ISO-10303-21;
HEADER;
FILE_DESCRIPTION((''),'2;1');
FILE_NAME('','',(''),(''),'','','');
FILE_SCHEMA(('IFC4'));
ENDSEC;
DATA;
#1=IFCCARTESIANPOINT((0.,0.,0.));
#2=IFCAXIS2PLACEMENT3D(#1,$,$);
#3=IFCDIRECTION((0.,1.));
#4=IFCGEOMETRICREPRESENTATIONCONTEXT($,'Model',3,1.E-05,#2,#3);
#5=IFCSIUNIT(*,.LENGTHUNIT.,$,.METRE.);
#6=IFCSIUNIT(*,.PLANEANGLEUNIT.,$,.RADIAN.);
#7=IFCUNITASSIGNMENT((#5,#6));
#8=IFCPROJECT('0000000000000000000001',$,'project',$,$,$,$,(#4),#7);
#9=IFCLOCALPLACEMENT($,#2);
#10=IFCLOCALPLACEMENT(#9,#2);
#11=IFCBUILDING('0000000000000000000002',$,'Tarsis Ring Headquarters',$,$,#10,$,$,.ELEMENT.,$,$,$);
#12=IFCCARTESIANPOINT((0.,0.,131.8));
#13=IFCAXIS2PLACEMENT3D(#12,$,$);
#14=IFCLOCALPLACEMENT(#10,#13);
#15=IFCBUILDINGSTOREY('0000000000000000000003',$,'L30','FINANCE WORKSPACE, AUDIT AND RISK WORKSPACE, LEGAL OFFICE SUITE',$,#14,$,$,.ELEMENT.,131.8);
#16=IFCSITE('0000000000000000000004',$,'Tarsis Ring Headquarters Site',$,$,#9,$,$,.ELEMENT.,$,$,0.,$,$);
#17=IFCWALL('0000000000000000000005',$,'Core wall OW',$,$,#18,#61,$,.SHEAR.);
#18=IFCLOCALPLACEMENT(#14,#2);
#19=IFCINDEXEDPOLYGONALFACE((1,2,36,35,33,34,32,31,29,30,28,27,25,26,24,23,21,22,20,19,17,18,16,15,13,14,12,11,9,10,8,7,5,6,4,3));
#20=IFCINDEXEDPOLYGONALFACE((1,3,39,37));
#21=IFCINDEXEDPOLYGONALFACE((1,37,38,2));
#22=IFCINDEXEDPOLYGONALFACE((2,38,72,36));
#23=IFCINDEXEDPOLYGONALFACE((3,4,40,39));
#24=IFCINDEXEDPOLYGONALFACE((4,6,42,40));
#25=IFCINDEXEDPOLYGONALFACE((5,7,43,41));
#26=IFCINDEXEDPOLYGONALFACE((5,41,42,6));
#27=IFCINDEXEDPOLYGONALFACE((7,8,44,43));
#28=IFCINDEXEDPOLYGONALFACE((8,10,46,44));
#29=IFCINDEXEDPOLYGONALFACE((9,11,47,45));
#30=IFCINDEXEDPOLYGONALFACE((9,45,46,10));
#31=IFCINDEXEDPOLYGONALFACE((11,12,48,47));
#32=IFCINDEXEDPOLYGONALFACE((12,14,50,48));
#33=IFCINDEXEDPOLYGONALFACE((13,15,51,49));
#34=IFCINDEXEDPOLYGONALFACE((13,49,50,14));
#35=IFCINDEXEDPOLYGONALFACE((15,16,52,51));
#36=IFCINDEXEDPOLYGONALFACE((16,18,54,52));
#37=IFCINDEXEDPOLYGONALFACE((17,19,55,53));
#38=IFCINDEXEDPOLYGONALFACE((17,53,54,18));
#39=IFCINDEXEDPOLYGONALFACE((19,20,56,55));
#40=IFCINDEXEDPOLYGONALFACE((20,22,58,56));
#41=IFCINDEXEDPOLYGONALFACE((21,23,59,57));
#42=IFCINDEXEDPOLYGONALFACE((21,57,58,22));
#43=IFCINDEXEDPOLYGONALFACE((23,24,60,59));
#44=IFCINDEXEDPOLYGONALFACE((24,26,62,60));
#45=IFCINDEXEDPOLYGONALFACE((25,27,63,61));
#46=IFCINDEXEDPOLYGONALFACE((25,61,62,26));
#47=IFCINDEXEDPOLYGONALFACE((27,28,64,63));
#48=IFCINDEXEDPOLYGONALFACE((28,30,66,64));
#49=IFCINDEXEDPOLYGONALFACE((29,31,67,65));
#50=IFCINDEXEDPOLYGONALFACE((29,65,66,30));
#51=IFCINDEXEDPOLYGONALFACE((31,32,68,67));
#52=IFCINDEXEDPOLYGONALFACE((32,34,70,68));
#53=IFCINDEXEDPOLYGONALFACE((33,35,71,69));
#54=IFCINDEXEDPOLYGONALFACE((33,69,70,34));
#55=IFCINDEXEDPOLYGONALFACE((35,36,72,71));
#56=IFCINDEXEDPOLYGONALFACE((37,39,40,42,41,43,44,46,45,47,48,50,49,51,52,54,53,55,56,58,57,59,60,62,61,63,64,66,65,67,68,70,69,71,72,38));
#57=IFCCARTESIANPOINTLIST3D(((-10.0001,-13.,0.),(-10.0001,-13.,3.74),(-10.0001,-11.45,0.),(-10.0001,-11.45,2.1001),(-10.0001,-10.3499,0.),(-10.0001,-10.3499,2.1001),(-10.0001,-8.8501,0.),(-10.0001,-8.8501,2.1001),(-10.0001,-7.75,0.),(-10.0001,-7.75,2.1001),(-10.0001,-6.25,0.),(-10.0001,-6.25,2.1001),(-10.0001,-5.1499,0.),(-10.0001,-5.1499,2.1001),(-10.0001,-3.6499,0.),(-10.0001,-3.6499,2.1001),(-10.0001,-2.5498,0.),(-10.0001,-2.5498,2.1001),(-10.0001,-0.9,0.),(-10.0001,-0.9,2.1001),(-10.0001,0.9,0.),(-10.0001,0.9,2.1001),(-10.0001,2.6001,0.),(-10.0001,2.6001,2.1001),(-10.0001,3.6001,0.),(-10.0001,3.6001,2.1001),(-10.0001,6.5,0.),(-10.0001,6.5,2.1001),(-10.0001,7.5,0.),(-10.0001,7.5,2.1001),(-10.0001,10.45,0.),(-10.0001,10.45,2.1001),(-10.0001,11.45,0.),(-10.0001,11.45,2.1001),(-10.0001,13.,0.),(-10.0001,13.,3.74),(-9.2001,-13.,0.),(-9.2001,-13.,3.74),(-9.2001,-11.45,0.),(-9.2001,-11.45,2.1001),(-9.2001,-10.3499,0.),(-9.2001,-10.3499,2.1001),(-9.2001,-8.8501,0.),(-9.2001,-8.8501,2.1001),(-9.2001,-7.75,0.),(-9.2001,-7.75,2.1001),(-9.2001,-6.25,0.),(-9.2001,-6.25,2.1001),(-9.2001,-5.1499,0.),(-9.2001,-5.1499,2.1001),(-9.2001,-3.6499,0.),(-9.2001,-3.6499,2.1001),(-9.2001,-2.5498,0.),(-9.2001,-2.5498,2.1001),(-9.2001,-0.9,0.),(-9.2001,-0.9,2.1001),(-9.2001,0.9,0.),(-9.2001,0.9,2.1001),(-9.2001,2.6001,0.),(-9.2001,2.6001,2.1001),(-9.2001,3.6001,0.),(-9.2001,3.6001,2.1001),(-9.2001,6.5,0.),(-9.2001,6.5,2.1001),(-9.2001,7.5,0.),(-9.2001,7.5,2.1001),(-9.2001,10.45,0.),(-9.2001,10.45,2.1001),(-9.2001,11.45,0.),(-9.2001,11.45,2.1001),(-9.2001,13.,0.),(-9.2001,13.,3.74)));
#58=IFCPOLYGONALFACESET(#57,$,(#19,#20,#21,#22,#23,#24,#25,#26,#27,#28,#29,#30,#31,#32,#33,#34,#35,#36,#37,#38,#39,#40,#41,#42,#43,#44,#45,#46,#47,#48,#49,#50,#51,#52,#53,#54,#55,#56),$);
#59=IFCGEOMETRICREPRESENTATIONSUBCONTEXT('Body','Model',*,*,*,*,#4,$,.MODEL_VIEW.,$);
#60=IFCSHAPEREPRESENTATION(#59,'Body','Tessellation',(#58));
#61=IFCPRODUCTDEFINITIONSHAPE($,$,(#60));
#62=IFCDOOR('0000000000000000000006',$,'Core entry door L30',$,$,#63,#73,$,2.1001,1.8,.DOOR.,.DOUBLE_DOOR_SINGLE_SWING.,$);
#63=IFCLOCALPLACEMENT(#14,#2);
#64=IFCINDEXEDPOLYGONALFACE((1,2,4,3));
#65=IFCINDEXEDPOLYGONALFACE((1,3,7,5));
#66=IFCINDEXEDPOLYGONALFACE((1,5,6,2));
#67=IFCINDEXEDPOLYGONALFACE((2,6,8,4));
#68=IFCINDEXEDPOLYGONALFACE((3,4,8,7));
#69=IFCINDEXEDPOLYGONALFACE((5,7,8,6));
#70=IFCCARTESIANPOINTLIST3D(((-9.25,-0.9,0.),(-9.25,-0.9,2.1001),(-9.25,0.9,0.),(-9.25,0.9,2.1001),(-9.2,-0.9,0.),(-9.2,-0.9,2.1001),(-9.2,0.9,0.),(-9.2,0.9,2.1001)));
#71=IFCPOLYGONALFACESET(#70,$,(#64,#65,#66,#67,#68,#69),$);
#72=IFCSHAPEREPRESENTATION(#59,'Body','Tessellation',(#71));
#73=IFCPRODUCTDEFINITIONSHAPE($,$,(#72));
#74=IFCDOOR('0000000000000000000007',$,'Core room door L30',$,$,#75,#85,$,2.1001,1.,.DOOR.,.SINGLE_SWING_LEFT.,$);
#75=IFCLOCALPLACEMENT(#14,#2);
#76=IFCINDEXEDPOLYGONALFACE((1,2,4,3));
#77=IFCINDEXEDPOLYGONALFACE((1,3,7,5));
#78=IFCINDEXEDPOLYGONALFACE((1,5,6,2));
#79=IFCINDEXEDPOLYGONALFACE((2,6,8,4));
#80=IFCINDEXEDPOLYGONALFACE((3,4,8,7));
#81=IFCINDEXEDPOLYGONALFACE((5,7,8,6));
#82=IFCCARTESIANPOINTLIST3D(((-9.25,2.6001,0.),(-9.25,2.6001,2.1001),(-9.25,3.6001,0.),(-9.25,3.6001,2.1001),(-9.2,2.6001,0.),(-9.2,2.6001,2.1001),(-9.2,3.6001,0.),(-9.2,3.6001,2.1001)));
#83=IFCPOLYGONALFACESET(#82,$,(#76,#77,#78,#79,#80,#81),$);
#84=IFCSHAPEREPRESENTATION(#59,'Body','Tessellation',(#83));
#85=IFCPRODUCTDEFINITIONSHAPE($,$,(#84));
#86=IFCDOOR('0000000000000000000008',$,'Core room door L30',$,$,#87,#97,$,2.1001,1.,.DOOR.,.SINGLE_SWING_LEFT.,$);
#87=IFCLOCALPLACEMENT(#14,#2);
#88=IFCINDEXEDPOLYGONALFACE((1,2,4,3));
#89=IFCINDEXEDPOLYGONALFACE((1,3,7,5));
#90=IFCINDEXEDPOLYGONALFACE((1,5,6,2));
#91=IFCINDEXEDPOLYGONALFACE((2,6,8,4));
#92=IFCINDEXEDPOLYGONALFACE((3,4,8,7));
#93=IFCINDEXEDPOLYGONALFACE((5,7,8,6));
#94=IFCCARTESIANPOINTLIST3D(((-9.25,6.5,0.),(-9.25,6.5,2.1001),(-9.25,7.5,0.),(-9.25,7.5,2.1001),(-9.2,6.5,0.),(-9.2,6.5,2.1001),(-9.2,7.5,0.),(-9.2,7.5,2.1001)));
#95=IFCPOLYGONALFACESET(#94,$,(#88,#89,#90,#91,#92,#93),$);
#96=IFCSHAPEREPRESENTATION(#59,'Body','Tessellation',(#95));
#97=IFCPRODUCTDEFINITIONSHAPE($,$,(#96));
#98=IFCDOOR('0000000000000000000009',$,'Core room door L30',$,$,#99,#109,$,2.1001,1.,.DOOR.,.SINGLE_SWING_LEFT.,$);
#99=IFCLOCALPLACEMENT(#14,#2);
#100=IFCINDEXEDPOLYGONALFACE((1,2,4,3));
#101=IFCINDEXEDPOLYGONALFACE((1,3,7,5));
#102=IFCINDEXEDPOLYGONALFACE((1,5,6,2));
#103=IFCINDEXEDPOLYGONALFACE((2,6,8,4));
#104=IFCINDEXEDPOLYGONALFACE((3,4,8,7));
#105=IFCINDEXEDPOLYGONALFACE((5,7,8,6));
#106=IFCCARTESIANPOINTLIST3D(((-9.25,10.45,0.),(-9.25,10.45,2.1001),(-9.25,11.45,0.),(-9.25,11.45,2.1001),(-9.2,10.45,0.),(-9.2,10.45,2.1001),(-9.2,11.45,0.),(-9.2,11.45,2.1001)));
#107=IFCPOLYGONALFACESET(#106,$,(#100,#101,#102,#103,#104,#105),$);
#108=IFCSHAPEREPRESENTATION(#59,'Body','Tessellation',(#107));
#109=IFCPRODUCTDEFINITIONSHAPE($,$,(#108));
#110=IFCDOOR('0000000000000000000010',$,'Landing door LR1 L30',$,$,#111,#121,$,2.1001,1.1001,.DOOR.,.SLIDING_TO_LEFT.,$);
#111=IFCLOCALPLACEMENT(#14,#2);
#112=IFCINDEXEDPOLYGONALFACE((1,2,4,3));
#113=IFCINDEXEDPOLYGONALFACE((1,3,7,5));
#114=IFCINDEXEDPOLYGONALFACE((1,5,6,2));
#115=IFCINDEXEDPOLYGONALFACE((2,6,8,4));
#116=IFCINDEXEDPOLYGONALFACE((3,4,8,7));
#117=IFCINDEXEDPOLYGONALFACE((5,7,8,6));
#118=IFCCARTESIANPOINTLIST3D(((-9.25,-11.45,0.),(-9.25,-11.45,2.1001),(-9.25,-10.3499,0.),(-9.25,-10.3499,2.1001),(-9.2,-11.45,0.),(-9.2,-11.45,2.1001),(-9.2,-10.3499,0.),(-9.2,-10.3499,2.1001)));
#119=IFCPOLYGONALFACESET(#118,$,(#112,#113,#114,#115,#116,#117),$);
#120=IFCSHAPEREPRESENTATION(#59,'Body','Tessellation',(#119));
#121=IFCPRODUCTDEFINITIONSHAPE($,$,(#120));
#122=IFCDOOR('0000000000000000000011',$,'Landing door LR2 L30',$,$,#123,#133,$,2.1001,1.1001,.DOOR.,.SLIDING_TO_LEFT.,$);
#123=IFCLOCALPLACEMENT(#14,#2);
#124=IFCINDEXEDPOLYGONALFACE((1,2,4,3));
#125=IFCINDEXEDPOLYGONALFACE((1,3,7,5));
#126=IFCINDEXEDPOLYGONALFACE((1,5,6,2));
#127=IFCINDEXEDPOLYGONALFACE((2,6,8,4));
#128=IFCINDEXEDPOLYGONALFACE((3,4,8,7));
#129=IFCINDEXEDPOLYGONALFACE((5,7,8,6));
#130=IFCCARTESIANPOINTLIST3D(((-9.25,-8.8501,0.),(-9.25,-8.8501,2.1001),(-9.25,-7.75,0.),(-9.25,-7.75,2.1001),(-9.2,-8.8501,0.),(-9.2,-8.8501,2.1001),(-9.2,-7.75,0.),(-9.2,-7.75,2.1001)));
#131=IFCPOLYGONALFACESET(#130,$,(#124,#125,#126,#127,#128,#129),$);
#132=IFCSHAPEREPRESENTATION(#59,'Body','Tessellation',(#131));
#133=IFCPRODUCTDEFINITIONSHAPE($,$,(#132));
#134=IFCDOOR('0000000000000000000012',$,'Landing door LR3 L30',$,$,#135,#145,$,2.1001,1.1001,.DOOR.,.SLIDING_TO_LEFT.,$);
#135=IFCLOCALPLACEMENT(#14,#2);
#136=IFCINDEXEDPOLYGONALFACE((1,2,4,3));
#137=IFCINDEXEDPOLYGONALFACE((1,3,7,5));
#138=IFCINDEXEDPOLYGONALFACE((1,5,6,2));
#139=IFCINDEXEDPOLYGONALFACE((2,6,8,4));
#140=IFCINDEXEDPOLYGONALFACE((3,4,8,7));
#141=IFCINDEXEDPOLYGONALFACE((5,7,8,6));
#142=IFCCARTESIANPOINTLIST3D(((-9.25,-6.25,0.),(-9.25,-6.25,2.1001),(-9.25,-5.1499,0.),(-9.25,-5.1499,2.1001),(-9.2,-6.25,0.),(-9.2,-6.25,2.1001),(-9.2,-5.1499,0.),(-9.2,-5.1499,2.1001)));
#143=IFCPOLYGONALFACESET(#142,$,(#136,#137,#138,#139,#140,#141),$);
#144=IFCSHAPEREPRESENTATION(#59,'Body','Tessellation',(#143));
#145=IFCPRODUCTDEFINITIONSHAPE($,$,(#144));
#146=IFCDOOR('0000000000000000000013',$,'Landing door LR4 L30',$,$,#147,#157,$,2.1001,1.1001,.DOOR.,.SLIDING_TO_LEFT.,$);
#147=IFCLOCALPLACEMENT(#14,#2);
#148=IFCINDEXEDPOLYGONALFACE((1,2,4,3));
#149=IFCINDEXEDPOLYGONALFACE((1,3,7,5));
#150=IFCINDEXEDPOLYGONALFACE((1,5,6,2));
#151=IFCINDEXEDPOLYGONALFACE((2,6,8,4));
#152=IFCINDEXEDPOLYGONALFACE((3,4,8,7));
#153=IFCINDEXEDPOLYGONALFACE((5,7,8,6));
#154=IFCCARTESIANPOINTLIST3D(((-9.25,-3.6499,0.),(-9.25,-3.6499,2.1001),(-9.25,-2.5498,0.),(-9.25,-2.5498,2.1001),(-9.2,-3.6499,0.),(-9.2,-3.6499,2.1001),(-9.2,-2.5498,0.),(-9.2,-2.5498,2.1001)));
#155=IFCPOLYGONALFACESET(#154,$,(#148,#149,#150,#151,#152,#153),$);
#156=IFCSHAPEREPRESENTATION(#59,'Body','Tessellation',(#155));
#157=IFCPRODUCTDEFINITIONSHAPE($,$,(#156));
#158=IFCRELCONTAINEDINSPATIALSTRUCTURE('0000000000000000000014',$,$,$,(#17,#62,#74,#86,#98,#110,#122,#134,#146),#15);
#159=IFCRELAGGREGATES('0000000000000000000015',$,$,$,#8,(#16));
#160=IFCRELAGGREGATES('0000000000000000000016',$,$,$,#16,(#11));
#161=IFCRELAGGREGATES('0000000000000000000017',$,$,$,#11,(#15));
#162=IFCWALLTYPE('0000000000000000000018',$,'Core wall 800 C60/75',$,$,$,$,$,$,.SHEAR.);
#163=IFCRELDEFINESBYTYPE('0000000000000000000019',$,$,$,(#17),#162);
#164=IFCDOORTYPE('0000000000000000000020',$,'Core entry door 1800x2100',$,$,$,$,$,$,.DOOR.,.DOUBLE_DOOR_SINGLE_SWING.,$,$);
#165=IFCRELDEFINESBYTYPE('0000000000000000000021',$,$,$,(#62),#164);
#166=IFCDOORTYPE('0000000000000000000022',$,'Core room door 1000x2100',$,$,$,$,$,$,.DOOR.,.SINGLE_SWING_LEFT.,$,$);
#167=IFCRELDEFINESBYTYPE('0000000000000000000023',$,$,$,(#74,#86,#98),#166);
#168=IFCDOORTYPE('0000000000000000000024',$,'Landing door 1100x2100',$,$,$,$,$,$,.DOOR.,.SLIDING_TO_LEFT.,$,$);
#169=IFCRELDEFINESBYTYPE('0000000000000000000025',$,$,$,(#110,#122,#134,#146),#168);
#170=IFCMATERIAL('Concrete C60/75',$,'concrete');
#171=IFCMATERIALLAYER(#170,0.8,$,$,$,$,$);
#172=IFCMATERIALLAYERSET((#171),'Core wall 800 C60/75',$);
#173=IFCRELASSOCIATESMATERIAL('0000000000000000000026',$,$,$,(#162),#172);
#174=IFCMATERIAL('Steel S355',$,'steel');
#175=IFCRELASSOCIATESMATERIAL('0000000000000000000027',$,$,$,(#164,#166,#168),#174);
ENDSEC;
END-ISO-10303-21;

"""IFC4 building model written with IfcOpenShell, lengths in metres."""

from ifc_helpers import new_model, si_unit, direction, frame, frame_2d, origin, place, context, subcontext, project, spatial, rectangle, extrude, material, layer, layer_set, type_object, element, fill, save


model = new_model("IFC4")

# Units and contexts
model_context = context("Model", 3, precision=1e-05, world=origin(), true_north=direction((0.0, 1.0)))
body_context = subcontext(model_context, "Body", "Model", "MODEL_VIEW")
ifc_project = project(units=[si_unit("LENGTHUNIT", "METRE"), si_unit("PLANEANGLEUNIT", "RADIAN")], contexts=[model_context])

# Site, building, storey
site_placement = place(None, origin())
site = spatial("IfcSite", under=ifc_project, at=site_placement, Name="Tarsis Ring Headquarters Site", CompositionType="ELEMENT", RefElevation=0.0)
building_placement = place(site_placement, origin())
building = spatial("IfcBuilding", under=site, at=building_placement, Name="Tarsis Ring Headquarters", CompositionType="ELEMENT")
storey_placement = place(building_placement, frame((0.0, 0.0, 131.8)))
storey = spatial("IfcBuildingStorey", under=building, at=storey_placement, Name="L30", Description="FINANCE WORKSPACE, AUDIT AND RISK WORKSPACE, LEGAL OFFICE SUITE", CompositionType="ELEMENT", Elevation=131.8)

# Wall, openings, doors
ifc_material_1 = material(Name="Concrete C60/75", Category="concrete")
ifc_layer_1 = layer(ifc_material_1, 0.8)
ifc_layer_set_1 = layer_set([ifc_layer_1], Name="Core wall 800 C60/75")
wall_type_1 = type_object("IfcWallType", Name="Core wall 800 C60/75", PredefinedType="SHEAR", material=ifc_layer_set_1)
wall_1_placement = place(storey_placement, frame((-9.6001, -13.0, 0.0), z_axis=(0.0, 0.0, 1.0), x_axis=(0.0, 1.0, 0.0)))
wall_1 = element("IfcWall", 1, at=wall_1_placement, inside=storey, type_object=wall_type_1, Name="Core wall OW", PredefinedType="SHEAR", context=body_context, shape_type="SweptSolid", body=[
    extrude(rectangle(XDim=26.0, YDim=0.8, at=frame_2d((13.0, 0.0))), origin(), (0.0, 0.0, 1.0), 3.74),
])
opening_1_placement = place(wall_1_placement, frame((1.55, 0.0, 0.0)))
opening_1 = element("IfcOpeningElement", 2, at=opening_1_placement, cuts=wall_1, PredefinedType="OPENING", context=body_context, shape_type="SweptSolid", body=[
    extrude(rectangle(XDim=1.1001, YDim=2.1001, at=frame_2d((0.55, 1.05))), frame((0.0, 0.4099, 0.0), z_axis=(0.0, -1.0, 0.0), x_axis=(1.0, 0.0, 0.0)), (0.0, 0.0, 1.0), 0.8201),
])
opening_2_placement = place(wall_1_placement, frame((4.1499, 0.0, 0.0)))
opening_2 = element("IfcOpeningElement", 3, at=opening_2_placement, cuts=wall_1, PredefinedType="OPENING", context=body_context, shape_type="SweptSolid", body=[
    extrude(rectangle(XDim=1.1001, YDim=2.1001, at=frame_2d((0.55, 1.05))), frame((0.0, 0.4099, 0.0), z_axis=(0.0, -1.0, 0.0), x_axis=(1.0, 0.0, 0.0)), (0.0, 0.0, 1.0), 0.8201),
])
opening_3_placement = place(wall_1_placement, frame((6.75, 0.0, 0.0)))
opening_3 = element("IfcOpeningElement", 4, at=opening_3_placement, cuts=wall_1, PredefinedType="OPENING", context=body_context, shape_type="SweptSolid", body=[
    extrude(rectangle(XDim=1.1001, YDim=2.1001, at=frame_2d((0.55, 1.05))), frame((0.0, 0.4099, 0.0), z_axis=(0.0, -1.0, 0.0), x_axis=(1.0, 0.0, 0.0)), (0.0, 0.0, 1.0), 0.8201),
])
opening_4_placement = place(wall_1_placement, frame((9.3501, 0.0, 0.0)))
opening_4 = element("IfcOpeningElement", 5, at=opening_4_placement, cuts=wall_1, PredefinedType="OPENING", context=body_context, shape_type="SweptSolid", body=[
    extrude(rectangle(XDim=1.1001, YDim=2.1001, at=frame_2d((0.55, 1.05))), frame((0.0, 0.4099, 0.0), z_axis=(0.0, -1.0, 0.0), x_axis=(1.0, 0.0, 0.0)), (0.0, 0.0, 1.0), 0.8201),
])
opening_5_placement = place(wall_1_placement, frame((12.1001, 0.0, 0.0)))
opening_5 = element("IfcOpeningElement", 6, at=opening_5_placement, cuts=wall_1, PredefinedType="OPENING", context=body_context, shape_type="SweptSolid", body=[
    extrude(rectangle(XDim=1.8, YDim=2.1001, at=frame_2d((0.8999, 1.05))), frame((0.0, 0.4099, 0.0), z_axis=(0.0, -1.0, 0.0), x_axis=(1.0, 0.0, 0.0)), (0.0, 0.0, 1.0), 0.8201),
])
opening_6_placement = place(wall_1_placement, frame((15.6001, 0.0, 0.0)))
opening_6 = element("IfcOpeningElement", 7, at=opening_6_placement, cuts=wall_1, PredefinedType="OPENING", context=body_context, shape_type="SweptSolid", body=[
    extrude(rectangle(XDim=1.0, YDim=2.1001, at=frame_2d((0.5, 1.05))), frame((0.0, 0.4099, 0.0), z_axis=(0.0, -1.0, 0.0), x_axis=(1.0, 0.0, 0.0)), (0.0, 0.0, 1.0), 0.8201),
])
opening_7_placement = place(wall_1_placement, frame((19.5, 0.0, 0.0)))
opening_7 = element("IfcOpeningElement", 8, at=opening_7_placement, cuts=wall_1, PredefinedType="OPENING", context=body_context, shape_type="SweptSolid", body=[
    extrude(rectangle(XDim=1.0, YDim=2.1001, at=frame_2d((0.5, 1.05))), frame((0.0, 0.4099, 0.0), z_axis=(0.0, -1.0, 0.0), x_axis=(1.0, 0.0, 0.0)), (0.0, 0.0, 1.0), 0.8201),
])
opening_8_placement = place(wall_1_placement, frame((23.45, 0.0, 0.0)))
opening_8 = element("IfcOpeningElement", 9, at=opening_8_placement, cuts=wall_1, PredefinedType="OPENING", context=body_context, shape_type="SweptSolid", body=[
    extrude(rectangle(XDim=1.0, YDim=2.1001, at=frame_2d((0.5, 1.05))), frame((0.0, 0.4099, 0.0), z_axis=(0.0, -1.0, 0.0), x_axis=(1.0, 0.0, 0.0)), (0.0, 0.0, 1.0), 0.8201),
])
ifc_material_2 = material(Name="Steel S355", Category="steel")
door_type_1 = type_object("IfcDoorType", Name="Core entry door 1800x2100", OperationType="DOUBLE_DOOR_SINGLE_SWING", PredefinedType="DOOR", material=ifc_material_2)
door_1_placement = place(opening_5_placement, origin())
door_1 = element("IfcDoor", 10, at=door_1_placement, inside=storey, type_object=door_type_1, Name="Core entry door L30", OperationType="DOUBLE_DOOR_SINGLE_SWING", OverallHeight=2.1001, OverallWidth=1.8, PredefinedType="DOOR", context=body_context, shape_type="SweptSolid", body=[
    extrude(rectangle(XDim=1.8, YDim=2.1001, at=frame_2d((0.8999, 1.05))), frame((0.0, -0.3501, 0.0), z_axis=(0.0, -1.0, 0.0), x_axis=(1.0, 0.0, 0.0)), (0.0, 0.0, 1.0), 0.05),
])
fill(opening_5, door_1)
door_type_2 = type_object("IfcDoorType", Name="Core room door 1000x2100", OperationType="SINGLE_SWING_LEFT", PredefinedType="DOOR", material=ifc_material_2)
door_2_placement = place(opening_6_placement, origin())
door_2 = element("IfcDoor", 11, at=door_2_placement, inside=storey, type_object=door_type_2, Name="Core room door L30", OperationType="SINGLE_SWING_LEFT", OverallHeight=2.1001, OverallWidth=1.0, PredefinedType="DOOR", context=body_context, shape_type="SweptSolid", body=[
    extrude(rectangle(XDim=1.0, YDim=2.1001, at=frame_2d((0.5, 1.05))), frame((0.0, -0.3501, 0.0), z_axis=(0.0, -1.0, 0.0), x_axis=(1.0, 0.0, 0.0)), (0.0, 0.0, 1.0), 0.05),
])
fill(opening_6, door_2)
door_3_placement = place(opening_7_placement, origin())
door_3 = element("IfcDoor", 12, at=door_3_placement, inside=storey, type_object=door_type_2, Name="Core room door L30", OperationType="SINGLE_SWING_LEFT", OverallHeight=2.1001, OverallWidth=1.0, PredefinedType="DOOR", context=body_context, shape_type="SweptSolid", body=[
    extrude(rectangle(XDim=1.0, YDim=2.1001, at=frame_2d((0.5, 1.05))), frame((0.0, -0.3501, 0.0), z_axis=(0.0, -1.0, 0.0), x_axis=(1.0, 0.0, 0.0)), (0.0, 0.0, 1.0), 0.05),
])
fill(opening_7, door_3)
door_4_placement = place(opening_8_placement, origin())
door_4 = element("IfcDoor", 13, at=door_4_placement, inside=storey, type_object=door_type_2, Name="Core room door L30", OperationType="SINGLE_SWING_LEFT", OverallHeight=2.1001, OverallWidth=1.0, PredefinedType="DOOR", context=body_context, shape_type="SweptSolid", body=[
    extrude(rectangle(XDim=1.0, YDim=2.1001, at=frame_2d((0.5, 1.05))), frame((0.0, -0.3501, 0.0), z_axis=(0.0, -1.0, 0.0), x_axis=(1.0, 0.0, 0.0)), (0.0, 0.0, 1.0), 0.05),
])
fill(opening_8, door_4)
door_type_3 = type_object("IfcDoorType", Name="Landing door 1100x2100", OperationType="SLIDING_TO_LEFT", PredefinedType="DOOR", material=ifc_material_2)
door_5_placement = place(opening_1_placement, origin())
door_5 = element("IfcDoor", 14, at=door_5_placement, inside=storey, type_object=door_type_3, Name="Landing door LR1 L30", OperationType="SLIDING_TO_LEFT", OverallHeight=2.1001, OverallWidth=1.1001, PredefinedType="DOOR", context=body_context, shape_type="SweptSolid", body=[
    extrude(rectangle(XDim=1.1001, YDim=2.1001, at=frame_2d((0.55, 1.05))), frame((0.0, -0.3501, 0.0), z_axis=(0.0, -1.0, 0.0), x_axis=(1.0, 0.0, 0.0)), (0.0, 0.0, 1.0), 0.05),
])
fill(opening_1, door_5)
door_6_placement = place(opening_2_placement, origin())
door_6 = element("IfcDoor", 15, at=door_6_placement, inside=storey, type_object=door_type_3, Name="Landing door LR2 L30", OperationType="SLIDING_TO_LEFT", OverallHeight=2.1001, OverallWidth=1.1001, PredefinedType="DOOR", context=body_context, shape_type="SweptSolid", body=[
    extrude(rectangle(XDim=1.1001, YDim=2.1001, at=frame_2d((0.55, 1.05))), frame((0.0, -0.3501, 0.0), z_axis=(0.0, -1.0, 0.0), x_axis=(1.0, 0.0, 0.0)), (0.0, 0.0, 1.0), 0.05),
])
fill(opening_2, door_6)
door_7_placement = place(opening_3_placement, origin())
door_7 = element("IfcDoor", 16, at=door_7_placement, inside=storey, type_object=door_type_3, Name="Landing door LR3 L30", OperationType="SLIDING_TO_LEFT", OverallHeight=2.1001, OverallWidth=1.1001, PredefinedType="DOOR", context=body_context, shape_type="SweptSolid", body=[
    extrude(rectangle(XDim=1.1001, YDim=2.1001, at=frame_2d((0.55, 1.05))), frame((0.0, -0.3501, 0.0), z_axis=(0.0, -1.0, 0.0), x_axis=(1.0, 0.0, 0.0)), (0.0, 0.0, 1.0), 0.05),
])
fill(opening_3, door_7)
door_8_placement = place(opening_4_placement, origin())
door_8 = element("IfcDoor", 17, at=door_8_placement, inside=storey, type_object=door_type_3, Name="Landing door LR4 L30", OperationType="SLIDING_TO_LEFT", OverallHeight=2.1001, OverallWidth=1.1001, PredefinedType="DOOR", context=body_context, shape_type="SweptSolid", body=[
    extrude(rectangle(XDim=1.1001, YDim=2.1001, at=frame_2d((0.55, 1.05))), frame((0.0, -0.3501, 0.0), z_axis=(0.0, -1.0, 0.0), x_axis=(1.0, 0.0, 0.0)), (0.0, 0.0, 1.0), 0.05),
])
fill(opening_4, door_8)

save(model, "model.ifc")
